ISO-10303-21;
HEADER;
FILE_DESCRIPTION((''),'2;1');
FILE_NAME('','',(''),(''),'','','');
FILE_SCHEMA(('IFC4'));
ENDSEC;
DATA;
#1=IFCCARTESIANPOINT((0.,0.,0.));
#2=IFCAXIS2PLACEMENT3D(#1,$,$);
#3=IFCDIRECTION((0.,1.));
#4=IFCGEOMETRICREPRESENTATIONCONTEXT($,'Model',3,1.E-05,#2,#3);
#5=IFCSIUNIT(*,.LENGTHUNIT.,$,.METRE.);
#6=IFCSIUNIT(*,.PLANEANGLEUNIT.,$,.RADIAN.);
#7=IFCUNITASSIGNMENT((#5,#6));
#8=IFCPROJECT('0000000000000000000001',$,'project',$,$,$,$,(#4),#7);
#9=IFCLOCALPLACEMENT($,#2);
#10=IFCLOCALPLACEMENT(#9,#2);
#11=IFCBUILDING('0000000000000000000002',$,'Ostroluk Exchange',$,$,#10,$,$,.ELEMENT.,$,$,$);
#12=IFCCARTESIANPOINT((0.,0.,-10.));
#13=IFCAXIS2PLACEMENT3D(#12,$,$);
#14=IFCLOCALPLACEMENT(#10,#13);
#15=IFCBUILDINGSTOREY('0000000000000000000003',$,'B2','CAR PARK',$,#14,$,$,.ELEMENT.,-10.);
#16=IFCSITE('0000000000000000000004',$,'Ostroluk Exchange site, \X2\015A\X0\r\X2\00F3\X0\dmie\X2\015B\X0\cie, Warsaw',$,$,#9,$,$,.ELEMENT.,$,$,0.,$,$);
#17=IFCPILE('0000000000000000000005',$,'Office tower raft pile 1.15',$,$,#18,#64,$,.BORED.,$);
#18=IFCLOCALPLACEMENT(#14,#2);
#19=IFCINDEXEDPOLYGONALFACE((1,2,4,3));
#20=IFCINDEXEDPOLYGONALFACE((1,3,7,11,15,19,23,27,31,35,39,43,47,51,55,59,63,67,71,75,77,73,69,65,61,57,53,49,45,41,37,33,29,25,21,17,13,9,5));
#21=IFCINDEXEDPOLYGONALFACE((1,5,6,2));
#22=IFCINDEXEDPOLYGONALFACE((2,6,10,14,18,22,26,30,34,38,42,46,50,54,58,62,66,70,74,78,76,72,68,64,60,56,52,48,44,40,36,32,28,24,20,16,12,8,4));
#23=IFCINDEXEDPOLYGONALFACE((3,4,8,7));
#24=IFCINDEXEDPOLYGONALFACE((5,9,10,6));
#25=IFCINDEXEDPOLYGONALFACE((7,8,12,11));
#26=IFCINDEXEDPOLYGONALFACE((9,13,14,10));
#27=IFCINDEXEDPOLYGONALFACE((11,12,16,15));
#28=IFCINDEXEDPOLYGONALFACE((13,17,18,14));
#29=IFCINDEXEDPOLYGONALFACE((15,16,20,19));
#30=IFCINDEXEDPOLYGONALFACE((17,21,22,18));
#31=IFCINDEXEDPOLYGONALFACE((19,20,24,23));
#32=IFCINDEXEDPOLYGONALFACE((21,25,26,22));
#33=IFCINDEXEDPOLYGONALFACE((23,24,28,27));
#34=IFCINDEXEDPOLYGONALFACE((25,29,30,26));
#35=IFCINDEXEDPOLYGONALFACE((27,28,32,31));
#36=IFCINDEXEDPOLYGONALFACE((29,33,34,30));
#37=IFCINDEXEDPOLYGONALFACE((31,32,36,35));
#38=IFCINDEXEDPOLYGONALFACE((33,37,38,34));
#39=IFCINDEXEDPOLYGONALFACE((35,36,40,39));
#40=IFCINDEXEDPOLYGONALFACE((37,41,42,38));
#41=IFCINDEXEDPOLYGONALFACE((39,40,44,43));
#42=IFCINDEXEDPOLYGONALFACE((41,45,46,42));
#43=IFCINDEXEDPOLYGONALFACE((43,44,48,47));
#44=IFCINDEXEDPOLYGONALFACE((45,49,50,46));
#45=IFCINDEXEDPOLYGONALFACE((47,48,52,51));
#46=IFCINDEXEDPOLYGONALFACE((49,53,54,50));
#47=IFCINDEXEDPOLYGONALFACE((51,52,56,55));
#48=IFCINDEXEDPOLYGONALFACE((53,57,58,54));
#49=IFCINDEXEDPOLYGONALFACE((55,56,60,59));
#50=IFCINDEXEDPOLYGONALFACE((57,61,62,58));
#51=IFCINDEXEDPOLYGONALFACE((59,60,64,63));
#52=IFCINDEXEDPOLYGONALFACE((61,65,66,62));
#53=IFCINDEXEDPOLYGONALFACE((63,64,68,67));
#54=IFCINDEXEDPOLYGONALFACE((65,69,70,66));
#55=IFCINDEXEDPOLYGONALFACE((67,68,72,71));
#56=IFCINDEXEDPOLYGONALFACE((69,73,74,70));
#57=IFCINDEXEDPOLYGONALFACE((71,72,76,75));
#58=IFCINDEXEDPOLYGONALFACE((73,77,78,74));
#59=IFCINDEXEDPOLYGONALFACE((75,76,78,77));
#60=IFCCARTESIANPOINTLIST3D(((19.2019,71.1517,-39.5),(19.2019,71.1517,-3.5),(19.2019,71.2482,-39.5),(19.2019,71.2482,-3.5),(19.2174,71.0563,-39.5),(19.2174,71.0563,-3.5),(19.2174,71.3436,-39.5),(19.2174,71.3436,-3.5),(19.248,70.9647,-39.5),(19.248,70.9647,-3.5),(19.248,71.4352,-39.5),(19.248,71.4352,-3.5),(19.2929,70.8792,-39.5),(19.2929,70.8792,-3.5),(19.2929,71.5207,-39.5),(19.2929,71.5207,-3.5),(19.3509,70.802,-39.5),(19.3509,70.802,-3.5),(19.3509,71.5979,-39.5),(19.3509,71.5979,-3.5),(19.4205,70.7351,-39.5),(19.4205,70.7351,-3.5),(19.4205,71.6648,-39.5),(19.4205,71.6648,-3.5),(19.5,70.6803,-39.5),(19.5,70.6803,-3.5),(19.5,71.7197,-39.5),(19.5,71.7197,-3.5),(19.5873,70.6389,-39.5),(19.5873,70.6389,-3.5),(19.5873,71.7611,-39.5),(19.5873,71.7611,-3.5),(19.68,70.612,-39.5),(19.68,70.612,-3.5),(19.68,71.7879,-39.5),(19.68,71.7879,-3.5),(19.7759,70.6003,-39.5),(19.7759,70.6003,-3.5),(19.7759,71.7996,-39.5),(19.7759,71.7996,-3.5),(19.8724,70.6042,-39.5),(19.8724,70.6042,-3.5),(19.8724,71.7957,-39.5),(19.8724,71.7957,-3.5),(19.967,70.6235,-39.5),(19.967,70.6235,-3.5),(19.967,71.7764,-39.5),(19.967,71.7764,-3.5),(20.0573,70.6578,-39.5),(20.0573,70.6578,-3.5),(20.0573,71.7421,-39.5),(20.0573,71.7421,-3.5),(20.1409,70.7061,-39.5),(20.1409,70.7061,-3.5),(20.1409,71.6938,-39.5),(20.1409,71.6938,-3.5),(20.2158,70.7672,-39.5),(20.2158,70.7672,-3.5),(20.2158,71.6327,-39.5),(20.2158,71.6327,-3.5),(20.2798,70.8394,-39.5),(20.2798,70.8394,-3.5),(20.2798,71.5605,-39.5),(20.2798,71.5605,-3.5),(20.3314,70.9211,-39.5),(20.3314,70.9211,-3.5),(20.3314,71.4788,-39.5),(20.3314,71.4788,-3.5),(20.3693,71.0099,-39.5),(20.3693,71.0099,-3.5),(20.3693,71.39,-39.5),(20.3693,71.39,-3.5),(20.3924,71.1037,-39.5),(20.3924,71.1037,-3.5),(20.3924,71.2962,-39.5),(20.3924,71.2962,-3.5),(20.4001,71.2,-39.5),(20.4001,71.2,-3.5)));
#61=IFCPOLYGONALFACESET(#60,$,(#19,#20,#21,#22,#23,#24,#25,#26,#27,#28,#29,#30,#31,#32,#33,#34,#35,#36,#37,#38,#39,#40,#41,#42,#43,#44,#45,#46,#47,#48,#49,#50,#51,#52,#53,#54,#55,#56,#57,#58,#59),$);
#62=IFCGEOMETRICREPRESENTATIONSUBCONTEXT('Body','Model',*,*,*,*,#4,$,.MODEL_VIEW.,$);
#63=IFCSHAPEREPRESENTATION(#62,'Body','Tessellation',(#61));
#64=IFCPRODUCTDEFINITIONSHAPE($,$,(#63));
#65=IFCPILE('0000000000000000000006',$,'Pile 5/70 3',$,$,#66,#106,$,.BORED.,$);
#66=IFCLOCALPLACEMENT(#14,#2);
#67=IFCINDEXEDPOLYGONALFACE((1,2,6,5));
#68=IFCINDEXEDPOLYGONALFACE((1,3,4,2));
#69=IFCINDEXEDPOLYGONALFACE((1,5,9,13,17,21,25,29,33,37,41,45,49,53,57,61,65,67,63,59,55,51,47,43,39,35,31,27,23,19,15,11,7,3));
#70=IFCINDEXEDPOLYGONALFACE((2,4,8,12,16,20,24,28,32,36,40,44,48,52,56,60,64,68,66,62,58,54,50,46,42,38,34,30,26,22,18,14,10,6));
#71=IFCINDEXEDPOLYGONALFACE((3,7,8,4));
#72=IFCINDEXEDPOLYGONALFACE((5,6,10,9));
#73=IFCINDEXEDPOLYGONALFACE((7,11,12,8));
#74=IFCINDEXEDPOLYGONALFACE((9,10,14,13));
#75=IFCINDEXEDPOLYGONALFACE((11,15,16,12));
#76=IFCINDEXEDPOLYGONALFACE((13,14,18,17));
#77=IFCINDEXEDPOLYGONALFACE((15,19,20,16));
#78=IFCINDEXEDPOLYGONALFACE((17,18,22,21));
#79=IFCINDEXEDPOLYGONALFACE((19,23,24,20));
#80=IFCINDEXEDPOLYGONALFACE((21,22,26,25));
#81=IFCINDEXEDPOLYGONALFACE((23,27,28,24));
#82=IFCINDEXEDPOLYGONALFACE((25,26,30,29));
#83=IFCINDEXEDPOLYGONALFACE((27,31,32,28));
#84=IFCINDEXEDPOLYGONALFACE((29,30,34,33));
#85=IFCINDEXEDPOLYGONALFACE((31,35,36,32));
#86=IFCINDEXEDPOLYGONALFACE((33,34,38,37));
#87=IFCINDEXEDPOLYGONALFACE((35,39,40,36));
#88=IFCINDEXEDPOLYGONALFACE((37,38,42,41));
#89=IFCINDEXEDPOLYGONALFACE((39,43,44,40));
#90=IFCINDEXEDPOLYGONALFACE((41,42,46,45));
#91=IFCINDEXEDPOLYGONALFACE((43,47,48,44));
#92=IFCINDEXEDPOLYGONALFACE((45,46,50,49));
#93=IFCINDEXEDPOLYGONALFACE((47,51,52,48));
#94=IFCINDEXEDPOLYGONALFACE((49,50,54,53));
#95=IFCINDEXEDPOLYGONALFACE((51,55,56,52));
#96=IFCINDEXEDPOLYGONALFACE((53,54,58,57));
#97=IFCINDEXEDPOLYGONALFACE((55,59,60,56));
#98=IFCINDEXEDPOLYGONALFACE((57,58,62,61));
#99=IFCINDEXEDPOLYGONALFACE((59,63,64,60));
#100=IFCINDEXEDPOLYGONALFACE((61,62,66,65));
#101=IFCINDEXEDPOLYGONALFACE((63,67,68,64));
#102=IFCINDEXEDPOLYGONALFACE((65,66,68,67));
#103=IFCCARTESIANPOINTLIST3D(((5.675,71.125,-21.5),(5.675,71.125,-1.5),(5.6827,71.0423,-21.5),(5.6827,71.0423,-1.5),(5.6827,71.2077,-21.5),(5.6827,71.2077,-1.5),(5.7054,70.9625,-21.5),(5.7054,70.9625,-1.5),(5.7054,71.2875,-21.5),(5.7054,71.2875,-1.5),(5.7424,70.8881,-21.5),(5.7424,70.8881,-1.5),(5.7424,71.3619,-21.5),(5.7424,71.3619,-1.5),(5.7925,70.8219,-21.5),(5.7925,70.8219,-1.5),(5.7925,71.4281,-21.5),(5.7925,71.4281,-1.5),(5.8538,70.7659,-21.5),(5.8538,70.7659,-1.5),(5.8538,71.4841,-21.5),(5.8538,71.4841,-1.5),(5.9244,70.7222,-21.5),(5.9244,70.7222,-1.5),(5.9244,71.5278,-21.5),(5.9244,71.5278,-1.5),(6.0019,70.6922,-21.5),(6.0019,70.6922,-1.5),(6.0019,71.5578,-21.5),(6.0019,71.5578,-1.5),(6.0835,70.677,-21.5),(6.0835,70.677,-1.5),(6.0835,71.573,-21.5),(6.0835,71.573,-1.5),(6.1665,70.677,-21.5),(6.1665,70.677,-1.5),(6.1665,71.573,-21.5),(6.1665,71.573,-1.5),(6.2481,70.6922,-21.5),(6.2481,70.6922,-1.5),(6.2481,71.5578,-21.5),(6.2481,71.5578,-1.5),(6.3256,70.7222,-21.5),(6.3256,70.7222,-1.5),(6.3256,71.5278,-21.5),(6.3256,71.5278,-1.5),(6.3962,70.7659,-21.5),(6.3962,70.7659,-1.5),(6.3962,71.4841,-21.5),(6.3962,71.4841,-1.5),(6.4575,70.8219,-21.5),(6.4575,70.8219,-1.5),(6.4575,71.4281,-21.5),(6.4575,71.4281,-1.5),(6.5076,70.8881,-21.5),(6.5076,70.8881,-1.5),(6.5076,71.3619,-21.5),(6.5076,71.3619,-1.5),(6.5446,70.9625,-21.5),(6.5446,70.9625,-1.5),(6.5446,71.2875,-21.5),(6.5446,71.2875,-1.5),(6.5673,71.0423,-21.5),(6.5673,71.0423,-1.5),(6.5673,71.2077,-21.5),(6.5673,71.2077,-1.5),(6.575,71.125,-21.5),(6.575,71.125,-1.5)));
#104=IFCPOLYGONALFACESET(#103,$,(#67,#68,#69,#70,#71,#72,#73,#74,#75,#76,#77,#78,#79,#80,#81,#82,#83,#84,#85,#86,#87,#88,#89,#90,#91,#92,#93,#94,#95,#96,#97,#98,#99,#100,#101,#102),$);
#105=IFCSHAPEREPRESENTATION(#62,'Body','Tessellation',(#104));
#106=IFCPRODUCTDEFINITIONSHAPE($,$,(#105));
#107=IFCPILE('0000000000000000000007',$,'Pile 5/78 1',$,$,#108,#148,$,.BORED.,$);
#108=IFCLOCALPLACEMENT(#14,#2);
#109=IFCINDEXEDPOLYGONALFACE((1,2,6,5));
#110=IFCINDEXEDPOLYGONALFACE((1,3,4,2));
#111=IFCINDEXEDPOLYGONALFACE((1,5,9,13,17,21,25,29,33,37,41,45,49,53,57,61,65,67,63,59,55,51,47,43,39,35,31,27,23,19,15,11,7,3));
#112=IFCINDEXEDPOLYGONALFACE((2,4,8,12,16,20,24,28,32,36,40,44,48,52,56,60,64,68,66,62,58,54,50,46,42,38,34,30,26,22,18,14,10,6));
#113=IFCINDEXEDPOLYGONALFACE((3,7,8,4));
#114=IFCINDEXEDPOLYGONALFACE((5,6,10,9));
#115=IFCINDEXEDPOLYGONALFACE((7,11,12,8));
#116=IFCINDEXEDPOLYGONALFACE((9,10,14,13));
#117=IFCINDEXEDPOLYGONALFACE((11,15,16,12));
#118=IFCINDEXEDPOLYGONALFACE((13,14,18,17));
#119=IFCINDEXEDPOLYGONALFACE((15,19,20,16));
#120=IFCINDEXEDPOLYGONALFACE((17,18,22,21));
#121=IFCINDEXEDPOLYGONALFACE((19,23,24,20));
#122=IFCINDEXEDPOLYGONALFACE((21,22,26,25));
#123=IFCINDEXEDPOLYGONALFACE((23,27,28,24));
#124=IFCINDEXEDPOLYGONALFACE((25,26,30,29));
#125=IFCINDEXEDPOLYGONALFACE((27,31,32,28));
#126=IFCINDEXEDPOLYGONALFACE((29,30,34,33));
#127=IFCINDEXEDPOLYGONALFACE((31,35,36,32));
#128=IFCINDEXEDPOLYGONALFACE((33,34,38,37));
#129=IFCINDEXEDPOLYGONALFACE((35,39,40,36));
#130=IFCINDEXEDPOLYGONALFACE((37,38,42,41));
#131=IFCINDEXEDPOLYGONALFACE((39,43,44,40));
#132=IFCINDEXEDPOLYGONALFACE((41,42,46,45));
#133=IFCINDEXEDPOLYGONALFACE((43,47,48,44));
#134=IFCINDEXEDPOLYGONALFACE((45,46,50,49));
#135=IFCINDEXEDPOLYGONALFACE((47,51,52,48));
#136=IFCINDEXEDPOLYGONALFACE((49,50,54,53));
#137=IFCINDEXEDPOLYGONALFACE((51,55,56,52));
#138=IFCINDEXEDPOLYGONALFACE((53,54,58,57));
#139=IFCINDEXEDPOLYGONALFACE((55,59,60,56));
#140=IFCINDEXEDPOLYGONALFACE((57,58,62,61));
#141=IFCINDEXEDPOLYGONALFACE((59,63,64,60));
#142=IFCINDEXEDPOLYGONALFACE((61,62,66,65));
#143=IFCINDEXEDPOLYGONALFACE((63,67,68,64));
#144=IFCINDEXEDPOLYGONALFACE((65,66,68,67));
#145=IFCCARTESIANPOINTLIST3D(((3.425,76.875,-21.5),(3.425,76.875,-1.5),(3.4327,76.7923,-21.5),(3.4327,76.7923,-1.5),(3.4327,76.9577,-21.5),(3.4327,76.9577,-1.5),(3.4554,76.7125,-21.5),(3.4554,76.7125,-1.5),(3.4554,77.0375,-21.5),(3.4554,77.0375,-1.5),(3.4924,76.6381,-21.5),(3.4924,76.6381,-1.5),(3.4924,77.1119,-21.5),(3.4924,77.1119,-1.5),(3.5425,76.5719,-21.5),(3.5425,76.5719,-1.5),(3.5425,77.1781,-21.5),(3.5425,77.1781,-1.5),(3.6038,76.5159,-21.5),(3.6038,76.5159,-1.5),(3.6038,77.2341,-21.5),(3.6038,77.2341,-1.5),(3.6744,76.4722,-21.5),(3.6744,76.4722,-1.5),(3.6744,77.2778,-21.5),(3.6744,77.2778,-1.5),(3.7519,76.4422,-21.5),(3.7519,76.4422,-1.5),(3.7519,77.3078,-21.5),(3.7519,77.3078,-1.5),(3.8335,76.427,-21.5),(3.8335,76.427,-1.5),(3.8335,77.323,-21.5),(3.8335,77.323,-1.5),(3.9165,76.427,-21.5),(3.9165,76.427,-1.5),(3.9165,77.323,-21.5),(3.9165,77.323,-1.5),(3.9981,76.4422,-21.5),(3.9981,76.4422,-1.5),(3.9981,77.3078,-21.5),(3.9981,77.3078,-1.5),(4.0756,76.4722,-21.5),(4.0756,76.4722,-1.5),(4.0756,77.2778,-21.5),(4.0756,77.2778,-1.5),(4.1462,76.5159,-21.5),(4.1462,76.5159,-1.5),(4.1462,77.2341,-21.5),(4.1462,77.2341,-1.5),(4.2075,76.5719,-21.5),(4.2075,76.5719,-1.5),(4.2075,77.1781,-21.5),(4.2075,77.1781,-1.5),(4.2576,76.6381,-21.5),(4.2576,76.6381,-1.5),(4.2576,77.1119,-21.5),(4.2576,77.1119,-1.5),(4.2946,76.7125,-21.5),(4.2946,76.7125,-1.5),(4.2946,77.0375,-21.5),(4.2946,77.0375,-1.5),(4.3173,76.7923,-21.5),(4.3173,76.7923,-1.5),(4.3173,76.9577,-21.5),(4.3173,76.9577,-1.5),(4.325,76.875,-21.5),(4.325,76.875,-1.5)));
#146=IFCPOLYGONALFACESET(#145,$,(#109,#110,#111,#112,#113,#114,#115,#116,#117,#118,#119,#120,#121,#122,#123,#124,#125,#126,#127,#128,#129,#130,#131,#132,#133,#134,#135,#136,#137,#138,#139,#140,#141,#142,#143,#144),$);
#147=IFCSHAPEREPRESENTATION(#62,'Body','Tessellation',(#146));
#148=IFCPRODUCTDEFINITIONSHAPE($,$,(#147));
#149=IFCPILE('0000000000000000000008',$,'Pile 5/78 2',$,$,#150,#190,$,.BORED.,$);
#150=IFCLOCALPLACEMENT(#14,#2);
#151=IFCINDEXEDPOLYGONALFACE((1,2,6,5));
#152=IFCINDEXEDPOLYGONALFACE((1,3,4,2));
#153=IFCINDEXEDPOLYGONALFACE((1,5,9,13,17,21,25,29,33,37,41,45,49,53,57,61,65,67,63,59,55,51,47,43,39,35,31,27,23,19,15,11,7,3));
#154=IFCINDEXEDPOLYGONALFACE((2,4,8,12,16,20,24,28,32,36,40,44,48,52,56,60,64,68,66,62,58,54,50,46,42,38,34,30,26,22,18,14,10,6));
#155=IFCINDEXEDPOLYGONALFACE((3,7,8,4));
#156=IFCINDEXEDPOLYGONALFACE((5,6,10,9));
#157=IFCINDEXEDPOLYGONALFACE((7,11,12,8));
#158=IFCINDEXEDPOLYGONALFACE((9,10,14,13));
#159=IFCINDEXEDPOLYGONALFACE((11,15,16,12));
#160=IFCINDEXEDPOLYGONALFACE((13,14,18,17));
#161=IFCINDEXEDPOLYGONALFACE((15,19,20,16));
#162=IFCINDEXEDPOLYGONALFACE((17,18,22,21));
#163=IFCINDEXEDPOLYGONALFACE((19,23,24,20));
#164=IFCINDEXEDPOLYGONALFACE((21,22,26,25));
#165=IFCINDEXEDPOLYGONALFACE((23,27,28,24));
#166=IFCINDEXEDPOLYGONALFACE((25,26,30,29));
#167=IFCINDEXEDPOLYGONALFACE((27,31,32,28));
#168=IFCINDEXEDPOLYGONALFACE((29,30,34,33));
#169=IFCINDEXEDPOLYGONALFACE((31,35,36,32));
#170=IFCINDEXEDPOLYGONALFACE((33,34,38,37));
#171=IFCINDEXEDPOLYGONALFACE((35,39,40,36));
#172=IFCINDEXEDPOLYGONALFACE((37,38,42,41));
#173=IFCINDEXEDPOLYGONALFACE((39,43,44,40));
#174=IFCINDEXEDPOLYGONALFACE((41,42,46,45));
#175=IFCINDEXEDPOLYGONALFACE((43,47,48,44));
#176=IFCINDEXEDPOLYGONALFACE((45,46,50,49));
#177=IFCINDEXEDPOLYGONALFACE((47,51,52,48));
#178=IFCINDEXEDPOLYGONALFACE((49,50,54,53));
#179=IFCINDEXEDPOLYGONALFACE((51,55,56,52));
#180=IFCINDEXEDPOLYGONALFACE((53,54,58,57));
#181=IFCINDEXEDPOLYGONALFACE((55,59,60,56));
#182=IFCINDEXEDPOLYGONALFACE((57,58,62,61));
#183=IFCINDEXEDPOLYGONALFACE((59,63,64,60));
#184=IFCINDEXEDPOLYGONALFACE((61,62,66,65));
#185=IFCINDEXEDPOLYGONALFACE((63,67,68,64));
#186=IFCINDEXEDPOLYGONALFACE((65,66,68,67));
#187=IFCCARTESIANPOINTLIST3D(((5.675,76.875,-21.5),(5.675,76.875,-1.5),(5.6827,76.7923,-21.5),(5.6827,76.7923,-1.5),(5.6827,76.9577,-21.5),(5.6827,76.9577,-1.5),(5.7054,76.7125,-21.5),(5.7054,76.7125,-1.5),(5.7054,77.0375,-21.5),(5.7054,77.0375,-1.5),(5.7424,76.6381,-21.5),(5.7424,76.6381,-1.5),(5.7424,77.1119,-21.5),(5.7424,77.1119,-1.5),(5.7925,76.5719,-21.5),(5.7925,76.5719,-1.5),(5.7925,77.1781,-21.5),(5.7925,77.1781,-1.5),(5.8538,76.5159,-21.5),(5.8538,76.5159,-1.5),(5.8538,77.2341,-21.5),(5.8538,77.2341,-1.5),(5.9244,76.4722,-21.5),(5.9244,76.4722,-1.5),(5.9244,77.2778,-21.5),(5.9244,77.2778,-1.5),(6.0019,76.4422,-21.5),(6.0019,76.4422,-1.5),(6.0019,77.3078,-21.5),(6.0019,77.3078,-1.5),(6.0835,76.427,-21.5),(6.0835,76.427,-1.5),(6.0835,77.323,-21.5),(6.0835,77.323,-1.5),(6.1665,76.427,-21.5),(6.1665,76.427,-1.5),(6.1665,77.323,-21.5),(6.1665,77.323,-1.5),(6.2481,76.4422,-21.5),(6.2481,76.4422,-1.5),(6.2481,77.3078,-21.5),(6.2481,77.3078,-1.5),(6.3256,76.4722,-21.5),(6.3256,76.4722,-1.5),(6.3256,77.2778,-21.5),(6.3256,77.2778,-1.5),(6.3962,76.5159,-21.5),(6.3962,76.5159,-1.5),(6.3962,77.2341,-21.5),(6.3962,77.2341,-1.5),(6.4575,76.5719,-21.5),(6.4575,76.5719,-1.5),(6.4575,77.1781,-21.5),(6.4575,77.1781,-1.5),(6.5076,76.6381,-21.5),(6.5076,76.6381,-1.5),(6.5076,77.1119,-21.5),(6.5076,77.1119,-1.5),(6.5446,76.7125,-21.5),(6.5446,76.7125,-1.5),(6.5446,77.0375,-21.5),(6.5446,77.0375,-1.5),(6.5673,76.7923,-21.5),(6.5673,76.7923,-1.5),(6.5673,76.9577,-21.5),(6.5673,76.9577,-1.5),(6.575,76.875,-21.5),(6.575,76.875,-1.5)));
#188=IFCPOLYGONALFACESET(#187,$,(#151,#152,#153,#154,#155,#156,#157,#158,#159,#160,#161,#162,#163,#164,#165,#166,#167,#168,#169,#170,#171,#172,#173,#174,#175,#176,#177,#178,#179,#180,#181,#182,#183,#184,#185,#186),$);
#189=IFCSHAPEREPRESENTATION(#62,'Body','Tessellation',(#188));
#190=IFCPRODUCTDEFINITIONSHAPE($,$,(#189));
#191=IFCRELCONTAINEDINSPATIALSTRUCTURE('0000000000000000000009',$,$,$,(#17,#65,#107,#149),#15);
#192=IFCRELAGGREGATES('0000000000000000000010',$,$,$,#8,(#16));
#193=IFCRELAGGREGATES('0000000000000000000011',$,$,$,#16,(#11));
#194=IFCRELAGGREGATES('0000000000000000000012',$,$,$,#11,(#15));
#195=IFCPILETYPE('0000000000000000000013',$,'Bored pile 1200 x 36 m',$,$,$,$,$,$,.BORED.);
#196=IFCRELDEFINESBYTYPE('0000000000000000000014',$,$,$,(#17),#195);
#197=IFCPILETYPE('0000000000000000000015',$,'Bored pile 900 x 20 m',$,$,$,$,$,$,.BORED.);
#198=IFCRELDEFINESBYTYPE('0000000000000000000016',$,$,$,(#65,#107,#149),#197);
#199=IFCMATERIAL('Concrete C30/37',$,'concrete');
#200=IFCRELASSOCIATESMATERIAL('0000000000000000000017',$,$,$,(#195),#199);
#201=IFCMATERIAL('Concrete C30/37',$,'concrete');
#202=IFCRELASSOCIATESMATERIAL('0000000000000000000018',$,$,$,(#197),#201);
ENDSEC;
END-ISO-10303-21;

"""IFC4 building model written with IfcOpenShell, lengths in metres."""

from ifc_helpers import new_model, si_unit, direction, frame, origin, origin_2d, place, context, subcontext, project, spatial, circle, extrude, material, type_object, element, save


model = new_model("IFC4")

# Units and contexts
model_context = context("Model", 3, precision=1e-05, world=origin(), true_north=direction((0.0, 1.0)))
body_context = subcontext(model_context, "Body", "Model", "MODEL_VIEW")
ifc_project = project(units=[si_unit("LENGTHUNIT", "METRE"), si_unit("PLANEANGLEUNIT", "RADIAN")], contexts=[model_context])

# Site, building, storey
site_placement = place(None, origin())
site = spatial("IfcSite", under=ifc_project, at=site_placement, Name="Ostroluk Exchange site, Śródmieście, Warsaw", CompositionType="ELEMENT", RefElevation=0.0)
building_placement = place(site_placement, origin())
building = spatial("IfcBuilding", under=site, at=building_placement, Name="Ostroluk Exchange", CompositionType="ELEMENT")
storey_placement = place(building_placement, frame((0.0, 0.0, -10.0)))
storey = spatial("IfcBuildingStorey", under=building, at=storey_placement, Name="B2", Description="CAR PARK", CompositionType="ELEMENT", Elevation=-10.0)

# Piles
ifc_material_1 = material(Name="Concrete C30/37", Category="concrete")
pile_type_1 = type_object("IfcPileType", Name="Bored pile 1200 x 36 m", PredefinedType="BORED", material=ifc_material_1)
pile_placement = place(storey_placement, frame((19.8, 71.2, -3.5), z_axis=(0.0, 0.0, -1.0), x_axis=(1.0, 0.0, 0.0)))
element("IfcPile", 1, at=pile_placement, inside=storey, type_object=pile_type_1, Name="Office tower raft pile 1.15", PredefinedType="BORED", context=body_context, shape_type="SweptSolid", body=[
    extrude(circle(Radius=0.6001, at=origin_2d()), origin(), (0.0, 0.0, 1.0), 36.0),
])
ifc_material_2 = material(Name="Concrete C30/37", Category="concrete")
pile_type_2 = type_object("IfcPileType", Name="Bored pile 900 x 20 m", PredefinedType="BORED", material=ifc_material_2)
for number, where, z_axis, x_axis, name in (
    (2, (6.125, 71.125, -1.5), (0.0, 0.0, -1.0), (1.0, 0.0, 0.0), "Pile 5/70 3"),
    (3, (3.875, 76.875, -1.5), (0.0, 0.0, -1.0), (1.0, 0.0, 0.0), "Pile 5/78 1"),
    (4, (6.125, 76.875, -1.5), (0.0, 0.0, -1.0), (1.0, 0.0, 0.0), "Pile 5/78 2"),
):
    element("IfcPile", number, at=place(storey_placement, frame(where, z_axis=z_axis, x_axis=x_axis)), inside=storey, type_object=pile_type_2, Name=name, PredefinedType="BORED", context=body_context, shape_type="SweptSolid", body=[
        extrude(circle(Radius=0.45, at=origin_2d()), origin(), (0.0, 0.0, 1.0), 20.0),
    ])

save(model, "model.ifc")
